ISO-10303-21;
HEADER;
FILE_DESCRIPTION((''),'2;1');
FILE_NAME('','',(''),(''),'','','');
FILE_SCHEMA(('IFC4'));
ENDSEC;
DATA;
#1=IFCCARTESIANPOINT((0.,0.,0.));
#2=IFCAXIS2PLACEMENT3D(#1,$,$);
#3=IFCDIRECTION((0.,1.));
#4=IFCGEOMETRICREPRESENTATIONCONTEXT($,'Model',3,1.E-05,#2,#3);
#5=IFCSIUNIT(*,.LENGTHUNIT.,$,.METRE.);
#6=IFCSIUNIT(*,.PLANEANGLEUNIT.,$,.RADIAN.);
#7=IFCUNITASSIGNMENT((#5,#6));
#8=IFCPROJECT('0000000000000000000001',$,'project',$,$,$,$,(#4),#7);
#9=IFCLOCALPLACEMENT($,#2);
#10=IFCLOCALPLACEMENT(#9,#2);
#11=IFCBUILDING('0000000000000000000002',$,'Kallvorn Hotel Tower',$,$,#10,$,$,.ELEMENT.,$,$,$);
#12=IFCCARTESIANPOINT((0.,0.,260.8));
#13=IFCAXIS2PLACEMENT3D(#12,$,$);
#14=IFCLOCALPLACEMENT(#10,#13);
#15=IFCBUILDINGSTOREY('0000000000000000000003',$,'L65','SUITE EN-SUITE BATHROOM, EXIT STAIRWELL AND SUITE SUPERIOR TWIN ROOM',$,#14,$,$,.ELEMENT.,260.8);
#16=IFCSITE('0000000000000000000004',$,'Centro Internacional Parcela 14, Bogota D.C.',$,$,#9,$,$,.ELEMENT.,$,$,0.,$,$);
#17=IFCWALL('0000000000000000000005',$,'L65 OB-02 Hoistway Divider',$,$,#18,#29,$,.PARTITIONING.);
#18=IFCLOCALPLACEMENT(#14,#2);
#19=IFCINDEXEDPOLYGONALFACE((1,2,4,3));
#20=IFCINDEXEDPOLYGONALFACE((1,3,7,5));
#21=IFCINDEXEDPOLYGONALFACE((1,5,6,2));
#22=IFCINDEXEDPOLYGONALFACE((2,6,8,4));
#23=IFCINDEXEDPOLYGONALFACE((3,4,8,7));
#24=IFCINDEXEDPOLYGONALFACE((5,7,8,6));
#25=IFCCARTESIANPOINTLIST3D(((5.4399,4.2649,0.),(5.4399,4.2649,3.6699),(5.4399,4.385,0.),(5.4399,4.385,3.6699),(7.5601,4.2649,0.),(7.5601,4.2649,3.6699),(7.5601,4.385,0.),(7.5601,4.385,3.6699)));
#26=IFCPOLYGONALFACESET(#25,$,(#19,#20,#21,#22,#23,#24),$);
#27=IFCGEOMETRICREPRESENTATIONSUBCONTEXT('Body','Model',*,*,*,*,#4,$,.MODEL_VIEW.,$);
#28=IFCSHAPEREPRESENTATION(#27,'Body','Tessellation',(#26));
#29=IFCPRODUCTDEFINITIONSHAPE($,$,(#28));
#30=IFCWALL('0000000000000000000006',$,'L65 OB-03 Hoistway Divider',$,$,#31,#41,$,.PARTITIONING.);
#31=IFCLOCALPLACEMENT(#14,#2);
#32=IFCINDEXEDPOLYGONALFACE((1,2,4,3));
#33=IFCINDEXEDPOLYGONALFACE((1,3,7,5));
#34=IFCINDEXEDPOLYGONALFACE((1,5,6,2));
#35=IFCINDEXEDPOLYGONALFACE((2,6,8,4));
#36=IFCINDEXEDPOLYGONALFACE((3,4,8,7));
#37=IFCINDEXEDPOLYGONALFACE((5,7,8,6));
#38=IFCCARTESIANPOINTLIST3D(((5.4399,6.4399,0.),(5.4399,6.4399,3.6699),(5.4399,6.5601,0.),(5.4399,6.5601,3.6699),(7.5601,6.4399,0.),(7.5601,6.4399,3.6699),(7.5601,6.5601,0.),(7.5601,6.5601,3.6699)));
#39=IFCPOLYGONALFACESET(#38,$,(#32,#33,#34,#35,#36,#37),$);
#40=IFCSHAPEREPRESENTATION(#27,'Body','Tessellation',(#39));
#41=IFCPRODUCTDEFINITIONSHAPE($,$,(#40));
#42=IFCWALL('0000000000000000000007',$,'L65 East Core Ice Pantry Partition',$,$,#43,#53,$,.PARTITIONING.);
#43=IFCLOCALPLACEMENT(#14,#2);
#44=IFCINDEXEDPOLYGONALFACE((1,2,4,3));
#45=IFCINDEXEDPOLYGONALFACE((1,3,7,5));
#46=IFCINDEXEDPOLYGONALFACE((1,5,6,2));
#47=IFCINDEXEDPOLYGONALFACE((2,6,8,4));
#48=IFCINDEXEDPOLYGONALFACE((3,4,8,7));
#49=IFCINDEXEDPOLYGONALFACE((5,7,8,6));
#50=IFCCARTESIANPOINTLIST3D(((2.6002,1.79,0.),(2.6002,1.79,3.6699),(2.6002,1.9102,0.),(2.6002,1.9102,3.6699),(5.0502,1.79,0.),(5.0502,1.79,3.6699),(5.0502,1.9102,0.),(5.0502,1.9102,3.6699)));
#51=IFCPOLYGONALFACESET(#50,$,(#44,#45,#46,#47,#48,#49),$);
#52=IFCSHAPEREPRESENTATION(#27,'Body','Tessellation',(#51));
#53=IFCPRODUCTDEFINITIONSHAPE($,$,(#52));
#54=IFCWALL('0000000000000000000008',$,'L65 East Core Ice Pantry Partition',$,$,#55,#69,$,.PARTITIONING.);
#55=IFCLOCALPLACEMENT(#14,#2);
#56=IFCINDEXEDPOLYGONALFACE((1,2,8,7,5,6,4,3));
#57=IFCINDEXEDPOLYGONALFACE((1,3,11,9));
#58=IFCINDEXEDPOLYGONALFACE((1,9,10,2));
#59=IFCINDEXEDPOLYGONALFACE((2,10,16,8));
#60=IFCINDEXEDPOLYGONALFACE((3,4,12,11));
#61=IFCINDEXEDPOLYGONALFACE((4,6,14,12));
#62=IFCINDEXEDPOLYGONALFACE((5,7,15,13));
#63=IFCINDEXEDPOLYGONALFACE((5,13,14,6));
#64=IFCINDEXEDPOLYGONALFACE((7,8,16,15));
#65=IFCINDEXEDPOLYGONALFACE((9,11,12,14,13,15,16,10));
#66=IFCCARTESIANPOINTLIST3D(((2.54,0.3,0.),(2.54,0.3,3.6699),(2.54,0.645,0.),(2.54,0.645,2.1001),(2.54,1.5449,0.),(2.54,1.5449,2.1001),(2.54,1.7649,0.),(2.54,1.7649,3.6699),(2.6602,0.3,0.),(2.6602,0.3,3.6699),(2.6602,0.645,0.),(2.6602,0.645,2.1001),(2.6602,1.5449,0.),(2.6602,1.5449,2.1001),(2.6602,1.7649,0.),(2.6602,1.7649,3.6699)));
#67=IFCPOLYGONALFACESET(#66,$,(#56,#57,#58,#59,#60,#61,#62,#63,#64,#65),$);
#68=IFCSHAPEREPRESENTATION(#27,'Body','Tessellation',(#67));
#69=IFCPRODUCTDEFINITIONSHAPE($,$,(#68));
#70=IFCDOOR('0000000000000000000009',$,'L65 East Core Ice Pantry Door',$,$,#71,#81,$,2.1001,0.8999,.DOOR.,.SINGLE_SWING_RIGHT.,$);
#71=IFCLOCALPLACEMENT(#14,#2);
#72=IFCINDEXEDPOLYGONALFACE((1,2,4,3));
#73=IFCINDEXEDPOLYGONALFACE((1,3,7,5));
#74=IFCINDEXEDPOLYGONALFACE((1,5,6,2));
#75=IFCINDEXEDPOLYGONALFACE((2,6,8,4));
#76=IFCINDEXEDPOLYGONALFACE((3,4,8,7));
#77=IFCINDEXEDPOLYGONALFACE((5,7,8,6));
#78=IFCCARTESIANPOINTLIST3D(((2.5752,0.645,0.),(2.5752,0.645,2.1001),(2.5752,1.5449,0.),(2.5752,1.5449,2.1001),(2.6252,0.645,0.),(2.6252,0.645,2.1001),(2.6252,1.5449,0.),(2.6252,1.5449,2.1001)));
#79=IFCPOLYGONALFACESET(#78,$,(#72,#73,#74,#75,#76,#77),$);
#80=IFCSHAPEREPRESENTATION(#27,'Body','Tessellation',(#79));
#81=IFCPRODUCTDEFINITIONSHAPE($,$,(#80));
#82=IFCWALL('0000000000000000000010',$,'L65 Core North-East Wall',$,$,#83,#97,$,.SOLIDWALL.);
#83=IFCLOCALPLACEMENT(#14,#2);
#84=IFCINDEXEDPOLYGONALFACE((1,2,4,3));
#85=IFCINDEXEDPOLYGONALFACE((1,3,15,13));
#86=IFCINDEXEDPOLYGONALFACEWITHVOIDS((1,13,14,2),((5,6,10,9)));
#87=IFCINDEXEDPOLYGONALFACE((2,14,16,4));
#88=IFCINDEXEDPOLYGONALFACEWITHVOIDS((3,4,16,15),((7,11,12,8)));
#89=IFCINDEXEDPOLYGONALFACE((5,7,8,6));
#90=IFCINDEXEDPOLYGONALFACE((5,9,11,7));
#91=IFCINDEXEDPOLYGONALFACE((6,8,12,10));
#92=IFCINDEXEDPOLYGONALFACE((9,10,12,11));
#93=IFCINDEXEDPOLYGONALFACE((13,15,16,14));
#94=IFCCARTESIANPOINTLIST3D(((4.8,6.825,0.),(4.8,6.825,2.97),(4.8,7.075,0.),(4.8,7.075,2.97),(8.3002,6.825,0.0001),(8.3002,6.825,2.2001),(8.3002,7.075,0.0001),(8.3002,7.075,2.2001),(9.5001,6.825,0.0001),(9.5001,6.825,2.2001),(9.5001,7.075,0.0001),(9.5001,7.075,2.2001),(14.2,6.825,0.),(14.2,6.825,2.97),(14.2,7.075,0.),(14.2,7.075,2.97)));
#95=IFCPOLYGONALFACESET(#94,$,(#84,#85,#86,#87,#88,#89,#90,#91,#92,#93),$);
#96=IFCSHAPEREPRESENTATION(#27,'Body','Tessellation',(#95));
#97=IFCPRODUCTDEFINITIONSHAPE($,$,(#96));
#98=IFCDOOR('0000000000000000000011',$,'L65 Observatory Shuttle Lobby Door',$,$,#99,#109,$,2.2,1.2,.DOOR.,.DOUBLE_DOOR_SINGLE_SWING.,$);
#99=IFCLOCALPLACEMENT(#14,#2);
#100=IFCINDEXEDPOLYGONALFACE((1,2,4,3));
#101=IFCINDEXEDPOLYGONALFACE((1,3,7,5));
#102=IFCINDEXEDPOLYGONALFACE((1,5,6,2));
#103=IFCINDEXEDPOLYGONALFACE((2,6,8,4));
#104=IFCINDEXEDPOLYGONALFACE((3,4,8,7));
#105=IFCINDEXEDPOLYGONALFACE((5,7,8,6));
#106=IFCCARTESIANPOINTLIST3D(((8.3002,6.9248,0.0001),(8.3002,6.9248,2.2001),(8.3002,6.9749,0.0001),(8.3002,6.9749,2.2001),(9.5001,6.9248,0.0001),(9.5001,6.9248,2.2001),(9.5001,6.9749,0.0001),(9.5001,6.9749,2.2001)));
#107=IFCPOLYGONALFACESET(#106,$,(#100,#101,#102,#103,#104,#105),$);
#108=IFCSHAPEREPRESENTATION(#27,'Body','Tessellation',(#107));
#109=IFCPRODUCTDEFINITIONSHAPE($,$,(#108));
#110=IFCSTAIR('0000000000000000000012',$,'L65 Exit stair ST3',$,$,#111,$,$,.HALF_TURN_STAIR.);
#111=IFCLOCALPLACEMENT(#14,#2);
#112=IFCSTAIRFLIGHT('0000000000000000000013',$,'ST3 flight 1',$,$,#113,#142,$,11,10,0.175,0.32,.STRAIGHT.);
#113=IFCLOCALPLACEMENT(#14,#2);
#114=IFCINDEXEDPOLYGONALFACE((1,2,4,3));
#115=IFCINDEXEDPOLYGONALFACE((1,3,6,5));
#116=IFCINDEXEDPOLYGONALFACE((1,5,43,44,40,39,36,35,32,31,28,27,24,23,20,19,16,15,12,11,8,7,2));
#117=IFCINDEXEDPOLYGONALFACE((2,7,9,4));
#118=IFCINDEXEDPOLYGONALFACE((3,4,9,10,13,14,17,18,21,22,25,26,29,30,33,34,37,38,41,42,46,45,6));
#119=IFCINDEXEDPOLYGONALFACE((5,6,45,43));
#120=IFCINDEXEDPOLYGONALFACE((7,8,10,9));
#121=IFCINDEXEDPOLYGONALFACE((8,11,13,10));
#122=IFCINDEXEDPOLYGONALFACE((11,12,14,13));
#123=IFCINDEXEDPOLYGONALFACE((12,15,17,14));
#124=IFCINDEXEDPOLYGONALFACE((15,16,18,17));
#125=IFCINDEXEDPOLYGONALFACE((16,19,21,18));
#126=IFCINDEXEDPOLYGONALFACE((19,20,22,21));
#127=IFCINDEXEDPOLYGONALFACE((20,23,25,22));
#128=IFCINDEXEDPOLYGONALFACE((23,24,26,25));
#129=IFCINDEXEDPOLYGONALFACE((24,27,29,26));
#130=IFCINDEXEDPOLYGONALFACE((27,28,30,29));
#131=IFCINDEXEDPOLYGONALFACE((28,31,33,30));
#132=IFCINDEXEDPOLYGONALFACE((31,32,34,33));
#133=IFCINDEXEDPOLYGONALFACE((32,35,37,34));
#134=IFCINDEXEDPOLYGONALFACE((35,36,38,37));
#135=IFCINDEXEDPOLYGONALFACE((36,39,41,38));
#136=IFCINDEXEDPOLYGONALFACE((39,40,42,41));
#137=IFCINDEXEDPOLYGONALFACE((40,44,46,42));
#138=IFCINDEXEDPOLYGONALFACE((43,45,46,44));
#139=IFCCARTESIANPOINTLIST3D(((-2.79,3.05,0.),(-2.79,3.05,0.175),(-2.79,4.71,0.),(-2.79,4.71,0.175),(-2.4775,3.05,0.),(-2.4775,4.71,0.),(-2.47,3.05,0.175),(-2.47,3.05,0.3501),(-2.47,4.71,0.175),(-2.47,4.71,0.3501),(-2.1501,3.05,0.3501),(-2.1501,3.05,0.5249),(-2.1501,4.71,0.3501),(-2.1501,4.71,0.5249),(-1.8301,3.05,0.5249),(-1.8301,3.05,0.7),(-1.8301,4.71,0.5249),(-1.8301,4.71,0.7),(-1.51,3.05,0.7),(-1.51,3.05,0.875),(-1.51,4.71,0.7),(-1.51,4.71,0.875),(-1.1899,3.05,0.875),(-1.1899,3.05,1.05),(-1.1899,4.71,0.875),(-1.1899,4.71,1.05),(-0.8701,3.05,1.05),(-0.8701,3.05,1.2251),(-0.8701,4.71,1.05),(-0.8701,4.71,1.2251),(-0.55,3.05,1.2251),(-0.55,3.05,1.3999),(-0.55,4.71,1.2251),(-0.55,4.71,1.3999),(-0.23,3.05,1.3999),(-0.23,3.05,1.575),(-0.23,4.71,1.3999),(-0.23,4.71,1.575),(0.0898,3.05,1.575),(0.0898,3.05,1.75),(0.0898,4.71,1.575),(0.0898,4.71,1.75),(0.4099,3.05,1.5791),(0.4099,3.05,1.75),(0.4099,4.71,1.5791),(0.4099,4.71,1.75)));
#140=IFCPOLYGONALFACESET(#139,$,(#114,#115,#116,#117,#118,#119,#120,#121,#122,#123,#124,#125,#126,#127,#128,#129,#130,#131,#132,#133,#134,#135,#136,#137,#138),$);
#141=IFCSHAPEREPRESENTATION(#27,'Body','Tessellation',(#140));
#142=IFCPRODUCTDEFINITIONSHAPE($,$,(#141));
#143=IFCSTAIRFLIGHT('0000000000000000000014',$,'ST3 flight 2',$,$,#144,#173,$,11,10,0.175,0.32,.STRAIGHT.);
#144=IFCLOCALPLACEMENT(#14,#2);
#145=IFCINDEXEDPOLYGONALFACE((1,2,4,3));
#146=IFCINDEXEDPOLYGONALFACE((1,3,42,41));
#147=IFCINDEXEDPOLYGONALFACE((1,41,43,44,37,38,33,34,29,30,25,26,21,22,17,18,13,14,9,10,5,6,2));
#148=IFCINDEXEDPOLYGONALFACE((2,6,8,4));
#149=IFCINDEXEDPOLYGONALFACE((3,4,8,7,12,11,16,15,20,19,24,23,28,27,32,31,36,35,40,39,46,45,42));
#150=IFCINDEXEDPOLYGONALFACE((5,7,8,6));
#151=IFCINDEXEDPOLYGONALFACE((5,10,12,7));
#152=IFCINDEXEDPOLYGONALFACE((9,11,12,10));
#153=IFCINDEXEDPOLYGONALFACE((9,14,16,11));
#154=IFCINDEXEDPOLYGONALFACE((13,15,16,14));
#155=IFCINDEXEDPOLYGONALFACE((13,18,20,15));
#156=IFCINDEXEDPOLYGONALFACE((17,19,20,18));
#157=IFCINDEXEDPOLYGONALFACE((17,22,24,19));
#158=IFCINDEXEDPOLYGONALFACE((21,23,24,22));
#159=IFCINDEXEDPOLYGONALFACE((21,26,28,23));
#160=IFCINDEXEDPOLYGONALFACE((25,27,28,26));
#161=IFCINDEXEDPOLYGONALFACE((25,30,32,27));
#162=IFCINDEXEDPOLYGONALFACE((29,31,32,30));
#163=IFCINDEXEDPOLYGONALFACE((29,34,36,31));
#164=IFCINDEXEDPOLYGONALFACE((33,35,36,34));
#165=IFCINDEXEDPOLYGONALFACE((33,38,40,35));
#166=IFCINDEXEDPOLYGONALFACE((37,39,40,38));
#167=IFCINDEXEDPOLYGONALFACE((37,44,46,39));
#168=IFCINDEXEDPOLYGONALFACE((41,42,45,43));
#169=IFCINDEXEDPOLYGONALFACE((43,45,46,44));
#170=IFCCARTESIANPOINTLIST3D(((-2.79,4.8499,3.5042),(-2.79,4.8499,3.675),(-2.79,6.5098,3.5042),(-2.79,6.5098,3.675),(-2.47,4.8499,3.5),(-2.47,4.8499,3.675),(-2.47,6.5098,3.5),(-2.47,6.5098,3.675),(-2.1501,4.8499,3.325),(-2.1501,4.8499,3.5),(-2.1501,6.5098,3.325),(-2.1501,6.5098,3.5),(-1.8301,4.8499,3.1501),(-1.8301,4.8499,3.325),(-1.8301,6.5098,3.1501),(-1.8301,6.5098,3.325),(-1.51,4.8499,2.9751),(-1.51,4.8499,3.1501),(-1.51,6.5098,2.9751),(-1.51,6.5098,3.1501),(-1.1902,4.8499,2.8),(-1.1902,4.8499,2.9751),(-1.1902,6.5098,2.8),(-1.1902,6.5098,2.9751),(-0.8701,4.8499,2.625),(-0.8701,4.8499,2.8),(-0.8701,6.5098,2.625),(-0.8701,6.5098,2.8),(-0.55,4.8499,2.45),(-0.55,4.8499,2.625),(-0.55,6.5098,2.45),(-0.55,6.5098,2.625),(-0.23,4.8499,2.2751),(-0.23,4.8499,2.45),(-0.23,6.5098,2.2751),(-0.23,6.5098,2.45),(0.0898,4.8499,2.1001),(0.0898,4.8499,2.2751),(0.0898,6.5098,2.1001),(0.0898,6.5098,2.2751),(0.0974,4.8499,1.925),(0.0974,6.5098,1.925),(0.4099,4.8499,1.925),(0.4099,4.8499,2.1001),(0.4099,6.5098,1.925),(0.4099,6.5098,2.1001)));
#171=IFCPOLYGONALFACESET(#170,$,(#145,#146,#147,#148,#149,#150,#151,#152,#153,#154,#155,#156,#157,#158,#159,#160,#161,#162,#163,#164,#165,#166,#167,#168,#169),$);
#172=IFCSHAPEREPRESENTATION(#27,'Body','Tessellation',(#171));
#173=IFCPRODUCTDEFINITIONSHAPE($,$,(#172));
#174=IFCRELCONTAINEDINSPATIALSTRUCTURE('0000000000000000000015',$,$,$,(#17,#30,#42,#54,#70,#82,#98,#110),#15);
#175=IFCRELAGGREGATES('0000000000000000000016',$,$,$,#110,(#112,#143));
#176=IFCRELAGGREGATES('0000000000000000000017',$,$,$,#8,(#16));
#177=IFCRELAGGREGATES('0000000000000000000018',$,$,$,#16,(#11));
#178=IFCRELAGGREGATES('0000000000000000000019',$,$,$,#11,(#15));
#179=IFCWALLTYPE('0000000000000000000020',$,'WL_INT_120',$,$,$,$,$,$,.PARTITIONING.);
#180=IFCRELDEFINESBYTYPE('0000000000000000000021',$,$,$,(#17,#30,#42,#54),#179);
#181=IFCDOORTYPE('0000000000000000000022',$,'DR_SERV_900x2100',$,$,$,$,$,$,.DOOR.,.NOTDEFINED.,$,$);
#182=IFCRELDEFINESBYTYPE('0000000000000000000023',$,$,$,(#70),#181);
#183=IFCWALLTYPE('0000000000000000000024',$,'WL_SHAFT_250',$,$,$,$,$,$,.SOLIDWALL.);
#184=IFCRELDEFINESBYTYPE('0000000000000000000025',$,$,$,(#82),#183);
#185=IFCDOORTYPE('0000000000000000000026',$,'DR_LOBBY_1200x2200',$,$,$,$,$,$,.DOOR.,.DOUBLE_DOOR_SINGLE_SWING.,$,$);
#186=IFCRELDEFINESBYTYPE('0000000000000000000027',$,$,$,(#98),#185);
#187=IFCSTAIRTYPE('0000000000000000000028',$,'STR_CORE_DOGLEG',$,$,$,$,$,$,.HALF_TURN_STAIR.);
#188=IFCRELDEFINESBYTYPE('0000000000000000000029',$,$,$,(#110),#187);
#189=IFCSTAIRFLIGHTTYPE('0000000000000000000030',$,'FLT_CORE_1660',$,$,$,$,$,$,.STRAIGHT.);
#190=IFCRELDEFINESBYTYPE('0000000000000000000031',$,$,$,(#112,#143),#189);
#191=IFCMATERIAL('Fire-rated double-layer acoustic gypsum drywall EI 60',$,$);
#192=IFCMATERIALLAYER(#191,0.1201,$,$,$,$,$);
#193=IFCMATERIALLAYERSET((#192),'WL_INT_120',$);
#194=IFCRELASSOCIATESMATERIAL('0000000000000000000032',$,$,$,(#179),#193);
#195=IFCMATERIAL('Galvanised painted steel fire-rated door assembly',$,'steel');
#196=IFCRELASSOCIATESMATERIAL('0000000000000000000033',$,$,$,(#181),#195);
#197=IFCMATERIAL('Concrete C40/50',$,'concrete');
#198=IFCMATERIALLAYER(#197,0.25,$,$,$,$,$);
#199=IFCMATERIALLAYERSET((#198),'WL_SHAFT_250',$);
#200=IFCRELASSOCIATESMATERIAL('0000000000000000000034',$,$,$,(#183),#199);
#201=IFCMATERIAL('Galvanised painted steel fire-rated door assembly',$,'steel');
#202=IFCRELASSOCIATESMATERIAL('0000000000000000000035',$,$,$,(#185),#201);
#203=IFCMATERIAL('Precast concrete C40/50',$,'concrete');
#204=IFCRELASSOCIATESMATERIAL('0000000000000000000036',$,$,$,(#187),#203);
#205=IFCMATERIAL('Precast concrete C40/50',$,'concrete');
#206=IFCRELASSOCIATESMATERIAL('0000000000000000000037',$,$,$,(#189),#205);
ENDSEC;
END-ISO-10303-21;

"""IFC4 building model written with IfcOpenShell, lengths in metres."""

from ifc_helpers import new_model, si_unit, direction, frame, frame_2d, origin, place, context, subcontext, project, spatial, polyline, rectangle, outline, extrude, material, layer, layer_set, type_object, element, fill, aggregate, save


model = new_model("IFC4")

# Units and contexts
model_context = context("Model", 3, precision=1e-05, world=origin(), true_north=direction((0.0, 1.0)))
body_context = subcontext(model_context, "Body", "Model", "MODEL_VIEW")
ifc_project = project(units=[si_unit("LENGTHUNIT", "METRE"), si_unit("PLANEANGLEUNIT", "RADIAN")], contexts=[model_context])

# Site, building, storey
site_placement = place(None, origin())
site = spatial("IfcSite", under=ifc_project, at=site_placement, Name="Centro Internacional Parcela 14, Bogota D.C.", CompositionType="ELEMENT", RefElevation=0.0)
building_placement = place(site_placement, origin())
building = spatial("IfcBuilding", under=site, at=building_placement, Name="Kallvorn Hotel Tower", CompositionType="ELEMENT")
storey_placement = place(building_placement, frame((0.0, 0.0, 260.8)))
storey = spatial("IfcBuildingStorey", under=building, at=storey_placement, Name="L65", Description="SUITE EN-SUITE BATHROOM, EXIT STAIRWELL AND SUITE SUPERIOR TWIN ROOM", CompositionType="ELEMENT", Elevation=260.8)

# Walls
ifc_material_1 = material(Name="Fire-rated double-layer acoustic gypsum drywall EI 60")
ifc_layer_1 = layer(ifc_material_1, 0.1201)
ifc_layer_set_1 = layer_set([ifc_layer_1], Name="WL_INT_120")
wall_type_1 = type_object("IfcWallType", Name="WL_INT_120", PredefinedType="PARTITIONING", material=ifc_layer_set_1)
for number, where, z_axis, x_axis, name in (
    (1, (5.4399, 4.325, 0.0), (0.0, 0.0, 1.0), (1.0, 0.0, 0.0), "L65 OB-02 Hoistway Divider"),
    (2, (5.4399, 6.5, 0.0), (0.0, 0.0, 1.0), (1.0, 0.0, 0.0), "L65 OB-03 Hoistway Divider"),
):
    element("IfcWall", number, at=place(storey_placement, frame(where, z_axis=z_axis, x_axis=x_axis)), inside=storey, type_object=wall_type_1, Name=name, PredefinedType="PARTITIONING", context=body_context, shape_type="SweptSolid", body=[
        extrude(rectangle(XDim=2.1201, YDim=0.1201, at=frame_2d((1.0601, 0.0))), origin(), (0.0, 0.0, 1.0), 3.6699),
    ])
wall_1_placement = place(storey_placement, frame((2.6001, 1.8501, 0.0), z_axis=(0.0, 0.0, 1.0), x_axis=(1.0, 0.0, 0.0)))
element("IfcWall", 3, at=wall_1_placement, inside=storey, type_object=wall_type_1, Name="L65 East Core Ice Pantry Partition", PredefinedType="PARTITIONING", context=body_context, shape_type="SweptSolid", body=[
    extrude(rectangle(XDim=2.45, YDim=0.1201, at=frame_2d((1.2251, 0.0))), origin(), (0.0, 0.0, 1.0), 3.6699),
])

# Walls, openings, doors
wall_2_placement = place(storey_placement, frame((2.6001, 0.3, 0.0), z_axis=(0.0, 0.0, 1.0), x_axis=(0.0, 1.0, 0.0)))
wall_2 = element("IfcWall", 4, at=wall_2_placement, inside=storey, type_object=wall_type_1, Name="L65 East Core Ice Pantry Partition", PredefinedType="PARTITIONING", context=body_context, shape_type="SweptSolid", body=[
    extrude(rectangle(XDim=1.4648, YDim=0.1201, at=frame_2d((0.7324, 0.0))), origin(), (0.0, 0.0, 1.0), 3.6699),
])
opening_1_placement = place(wall_2_placement, frame((0.345, 0.0, 0.0)))
opening_1 = element("IfcOpeningElement", 5, at=opening_1_placement, cuts=wall_2, PredefinedType="OPENING", context=body_context, shape_type="SweptSolid", body=[
    extrude(rectangle(XDim=0.8999, YDim=2.1001, at=frame_2d((0.45, 1.05))), frame((0.0, 0.075, 0.0), z_axis=(0.0, -1.0, 0.0), x_axis=(1.0, 0.0, 0.0)), (0.0, 0.0, 1.0), 0.1501),
])
ifc_material_2 = material(Name="Galvanised painted steel fire-rated door assembly", Category="steel")
door_type_1 = type_object("IfcDoorType", Name="DR_SERV_900x2100", OperationType="NOTDEFINED", PredefinedType="DOOR", material=ifc_material_2)
door_1_placement = place(opening_1_placement, origin())
door_1 = element("IfcDoor", 6, at=door_1_placement, inside=storey, type_object=door_type_1, Name="L65 East Core Ice Pantry Door", OperationType="SINGLE_SWING_RIGHT", OverallHeight=2.1001, OverallWidth=0.8999, PredefinedType="DOOR", context=body_context, shape_type="SweptSolid", body=[
    extrude(rectangle(XDim=0.8999, YDim=2.1001, at=frame_2d((0.45, 1.05))), frame((0.0, 0.0249, 0.0), z_axis=(0.0, -1.0, 0.0), x_axis=(1.0, 0.0, 0.0)), (0.0, 0.0, 1.0), 0.05),
])
fill(opening_1, door_1)
ifc_material_3 = material(Name="Concrete C40/50", Category="concrete")
ifc_layer_2 = layer(ifc_material_3, 0.25)
ifc_layer_set_2 = layer_set([ifc_layer_2], Name="WL_SHAFT_250")
wall_type_2 = type_object("IfcWallType", Name="WL_SHAFT_250", PredefinedType="SOLIDWALL", material=ifc_layer_set_2)
wall_3_placement = place(storey_placement, frame((4.8, 6.95, 0.0), z_axis=(0.0, 0.0, 1.0), x_axis=(1.0, 0.0, 0.0)))
wall_3 = element("IfcWall", 7, at=wall_3_placement, inside=storey, type_object=wall_type_2, Name="L65 Core North-East Wall", PredefinedType="SOLIDWALL", context=body_context, shape_type="SweptSolid", body=[
    extrude(rectangle(XDim=9.3999, YDim=0.25, at=frame_2d((4.7, 0.0))), origin(), (0.0, 0.0, 1.0), 2.97),
])
opening_2_placement = place(wall_3_placement, frame((3.5, 0.0, 0.0)))
opening_2 = element("IfcOpeningElement", 8, at=opening_2_placement, cuts=wall_3, PredefinedType="OPENING", context=body_context, shape_type="SweptSolid", body=[
    extrude(rectangle(XDim=1.2, YDim=2.2, at=frame_2d((0.6001, 1.1001))), frame((0.0, 0.1399, 0.0), z_axis=(0.0, -1.0, 0.0), x_axis=(1.0, 0.0, 0.0)), (0.0, 0.0, 1.0), 0.28),
])
ifc_material_4 = material(Name="Galvanised painted steel fire-rated door assembly", Category="steel")
door_type_2 = type_object("IfcDoorType", Name="DR_LOBBY_1200x2200", OperationType="DOUBLE_DOOR_SINGLE_SWING", PredefinedType="DOOR", material=ifc_material_4)
door_2_placement = place(opening_2_placement, origin())
door_2 = element("IfcDoor", 9, at=door_2_placement, inside=storey, type_object=door_type_2, Name="L65 Observatory Shuttle Lobby Door", OperationType="DOUBLE_DOOR_SINGLE_SWING", OverallHeight=2.2, OverallWidth=1.2, PredefinedType="DOOR", context=body_context, shape_type="SweptSolid", body=[
    extrude(rectangle(XDim=1.2, YDim=2.2, at=frame_2d((0.6001, 1.1001))), frame((0.0, 0.0249, 0.0), z_axis=(0.0, -1.0, 0.0), x_axis=(1.0, 0.0, 0.0)), (0.0, 0.0, 1.0), 0.05),
])
fill(opening_2, door_2)

# Stair, stair flights
ifc_material_5 = material(Name="Precast concrete C40/50", Category="concrete")
stair_type = type_object("IfcStairType", Name="STR_CORE_DOGLEG", PredefinedType="HALF_TURN_STAIR", material=ifc_material_5)
stair_placement = place(storey_placement, origin())
stair = element("IfcStair", 10, at=stair_placement, inside=storey, type_object=stair_type, Name="L65 Exit stair ST3", PredefinedType="HALF_TURN_STAIR")
ifc_material_6 = material(Name="Precast concrete C40/50", Category="concrete")
stair_flight_type = type_object("IfcStairFlightType", Name="FLT_CORE_1660", PredefinedType="STRAIGHT", material=ifc_material_6)
stair_flight_1_placement = place(storey_placement, frame((-2.79, 3.8799, 0.0), z_axis=(0.0, 0.0, 1.0), x_axis=(1.0, 0.0, 0.0)))
stair_flight_1 = element("IfcStairFlight", 11, at=stair_flight_1_placement, type_object=stair_flight_type, Name="ST3 flight 1", NumberOfRisers=11, NumberOfTreads=10, PredefinedType="STRAIGHT", RiserHeight=0.175, TreadLength=0.32, context=body_context, shape_type="SweptSolid", body=[
    extrude(outline(polyline([(0.0, 0.0), (0.0, 0.175), (0.3201, 0.175), (0.3201, 0.3501), (0.6399, 0.3501), (0.6399, 0.5249), (0.96, 0.5249), (0.96, 0.7), (1.28, 0.7), (1.28, 0.875), (1.6001, 0.875), (1.6001, 1.05), (1.9199, 1.05), (1.9199, 1.2251), (2.24, 1.2251), (2.24, 1.3999), (2.5601, 1.3999), (2.5601, 1.575), (2.8799, 1.575), (2.8799, 1.75), (3.2, 1.75), (3.2, 1.925), (3.2, 1.5791), (0.3125, 0.0), (0.0, 0.0)])), frame((0.0, 0.8301, 0.0), z_axis=(0.0, -1.0, 0.0), x_axis=(1.0, 0.0, 0.0)), (0.0, 0.0, 1.0), 1.6599),
])
stair_flight_2_placement = place(storey_placement, frame((0.4099, 5.6799, 1.925), z_axis=(0.0, 0.0, 1.0), x_axis=(-1.0, 0.0, 0.0)))
stair_flight_2 = element("IfcStairFlight", 12, at=stair_flight_2_placement, type_object=stair_flight_type, Name="ST3 flight 2", NumberOfRisers=11, NumberOfTreads=10, PredefinedType="STRAIGHT", RiserHeight=0.175, TreadLength=0.32, context=body_context, shape_type="SweptSolid", body=[
    extrude(outline(polyline([(0.0, 0.0), (0.0, 0.175), (0.3201, 0.175), (0.3201, 0.3501), (0.6399, 0.3501), (0.6399, 0.5249), (0.96, 0.5249), (0.96, 0.7), (1.28, 0.7), (1.28, 0.875), (1.6001, 0.875), (1.6001, 1.05), (1.9199, 1.05), (1.9199, 1.2251), (2.24, 1.2251), (2.24, 1.3999), (2.5601, 1.3999), (2.5601, 1.575), (2.8799, 1.575), (2.8799, 1.75), (3.2, 1.75), (3.2, 1.925), (3.2, 1.5791), (0.3125, 0.0), (0.0, 0.0)])), frame((0.0, 0.8301, 0.0), z_axis=(0.0, -1.0, 0.0), x_axis=(1.0, 0.0, 0.0)), (0.0, 0.0, 1.0), 1.6599),
])
aggregate(stair, [stair_flight_1, stair_flight_2])

save(model, "model.ifc")
